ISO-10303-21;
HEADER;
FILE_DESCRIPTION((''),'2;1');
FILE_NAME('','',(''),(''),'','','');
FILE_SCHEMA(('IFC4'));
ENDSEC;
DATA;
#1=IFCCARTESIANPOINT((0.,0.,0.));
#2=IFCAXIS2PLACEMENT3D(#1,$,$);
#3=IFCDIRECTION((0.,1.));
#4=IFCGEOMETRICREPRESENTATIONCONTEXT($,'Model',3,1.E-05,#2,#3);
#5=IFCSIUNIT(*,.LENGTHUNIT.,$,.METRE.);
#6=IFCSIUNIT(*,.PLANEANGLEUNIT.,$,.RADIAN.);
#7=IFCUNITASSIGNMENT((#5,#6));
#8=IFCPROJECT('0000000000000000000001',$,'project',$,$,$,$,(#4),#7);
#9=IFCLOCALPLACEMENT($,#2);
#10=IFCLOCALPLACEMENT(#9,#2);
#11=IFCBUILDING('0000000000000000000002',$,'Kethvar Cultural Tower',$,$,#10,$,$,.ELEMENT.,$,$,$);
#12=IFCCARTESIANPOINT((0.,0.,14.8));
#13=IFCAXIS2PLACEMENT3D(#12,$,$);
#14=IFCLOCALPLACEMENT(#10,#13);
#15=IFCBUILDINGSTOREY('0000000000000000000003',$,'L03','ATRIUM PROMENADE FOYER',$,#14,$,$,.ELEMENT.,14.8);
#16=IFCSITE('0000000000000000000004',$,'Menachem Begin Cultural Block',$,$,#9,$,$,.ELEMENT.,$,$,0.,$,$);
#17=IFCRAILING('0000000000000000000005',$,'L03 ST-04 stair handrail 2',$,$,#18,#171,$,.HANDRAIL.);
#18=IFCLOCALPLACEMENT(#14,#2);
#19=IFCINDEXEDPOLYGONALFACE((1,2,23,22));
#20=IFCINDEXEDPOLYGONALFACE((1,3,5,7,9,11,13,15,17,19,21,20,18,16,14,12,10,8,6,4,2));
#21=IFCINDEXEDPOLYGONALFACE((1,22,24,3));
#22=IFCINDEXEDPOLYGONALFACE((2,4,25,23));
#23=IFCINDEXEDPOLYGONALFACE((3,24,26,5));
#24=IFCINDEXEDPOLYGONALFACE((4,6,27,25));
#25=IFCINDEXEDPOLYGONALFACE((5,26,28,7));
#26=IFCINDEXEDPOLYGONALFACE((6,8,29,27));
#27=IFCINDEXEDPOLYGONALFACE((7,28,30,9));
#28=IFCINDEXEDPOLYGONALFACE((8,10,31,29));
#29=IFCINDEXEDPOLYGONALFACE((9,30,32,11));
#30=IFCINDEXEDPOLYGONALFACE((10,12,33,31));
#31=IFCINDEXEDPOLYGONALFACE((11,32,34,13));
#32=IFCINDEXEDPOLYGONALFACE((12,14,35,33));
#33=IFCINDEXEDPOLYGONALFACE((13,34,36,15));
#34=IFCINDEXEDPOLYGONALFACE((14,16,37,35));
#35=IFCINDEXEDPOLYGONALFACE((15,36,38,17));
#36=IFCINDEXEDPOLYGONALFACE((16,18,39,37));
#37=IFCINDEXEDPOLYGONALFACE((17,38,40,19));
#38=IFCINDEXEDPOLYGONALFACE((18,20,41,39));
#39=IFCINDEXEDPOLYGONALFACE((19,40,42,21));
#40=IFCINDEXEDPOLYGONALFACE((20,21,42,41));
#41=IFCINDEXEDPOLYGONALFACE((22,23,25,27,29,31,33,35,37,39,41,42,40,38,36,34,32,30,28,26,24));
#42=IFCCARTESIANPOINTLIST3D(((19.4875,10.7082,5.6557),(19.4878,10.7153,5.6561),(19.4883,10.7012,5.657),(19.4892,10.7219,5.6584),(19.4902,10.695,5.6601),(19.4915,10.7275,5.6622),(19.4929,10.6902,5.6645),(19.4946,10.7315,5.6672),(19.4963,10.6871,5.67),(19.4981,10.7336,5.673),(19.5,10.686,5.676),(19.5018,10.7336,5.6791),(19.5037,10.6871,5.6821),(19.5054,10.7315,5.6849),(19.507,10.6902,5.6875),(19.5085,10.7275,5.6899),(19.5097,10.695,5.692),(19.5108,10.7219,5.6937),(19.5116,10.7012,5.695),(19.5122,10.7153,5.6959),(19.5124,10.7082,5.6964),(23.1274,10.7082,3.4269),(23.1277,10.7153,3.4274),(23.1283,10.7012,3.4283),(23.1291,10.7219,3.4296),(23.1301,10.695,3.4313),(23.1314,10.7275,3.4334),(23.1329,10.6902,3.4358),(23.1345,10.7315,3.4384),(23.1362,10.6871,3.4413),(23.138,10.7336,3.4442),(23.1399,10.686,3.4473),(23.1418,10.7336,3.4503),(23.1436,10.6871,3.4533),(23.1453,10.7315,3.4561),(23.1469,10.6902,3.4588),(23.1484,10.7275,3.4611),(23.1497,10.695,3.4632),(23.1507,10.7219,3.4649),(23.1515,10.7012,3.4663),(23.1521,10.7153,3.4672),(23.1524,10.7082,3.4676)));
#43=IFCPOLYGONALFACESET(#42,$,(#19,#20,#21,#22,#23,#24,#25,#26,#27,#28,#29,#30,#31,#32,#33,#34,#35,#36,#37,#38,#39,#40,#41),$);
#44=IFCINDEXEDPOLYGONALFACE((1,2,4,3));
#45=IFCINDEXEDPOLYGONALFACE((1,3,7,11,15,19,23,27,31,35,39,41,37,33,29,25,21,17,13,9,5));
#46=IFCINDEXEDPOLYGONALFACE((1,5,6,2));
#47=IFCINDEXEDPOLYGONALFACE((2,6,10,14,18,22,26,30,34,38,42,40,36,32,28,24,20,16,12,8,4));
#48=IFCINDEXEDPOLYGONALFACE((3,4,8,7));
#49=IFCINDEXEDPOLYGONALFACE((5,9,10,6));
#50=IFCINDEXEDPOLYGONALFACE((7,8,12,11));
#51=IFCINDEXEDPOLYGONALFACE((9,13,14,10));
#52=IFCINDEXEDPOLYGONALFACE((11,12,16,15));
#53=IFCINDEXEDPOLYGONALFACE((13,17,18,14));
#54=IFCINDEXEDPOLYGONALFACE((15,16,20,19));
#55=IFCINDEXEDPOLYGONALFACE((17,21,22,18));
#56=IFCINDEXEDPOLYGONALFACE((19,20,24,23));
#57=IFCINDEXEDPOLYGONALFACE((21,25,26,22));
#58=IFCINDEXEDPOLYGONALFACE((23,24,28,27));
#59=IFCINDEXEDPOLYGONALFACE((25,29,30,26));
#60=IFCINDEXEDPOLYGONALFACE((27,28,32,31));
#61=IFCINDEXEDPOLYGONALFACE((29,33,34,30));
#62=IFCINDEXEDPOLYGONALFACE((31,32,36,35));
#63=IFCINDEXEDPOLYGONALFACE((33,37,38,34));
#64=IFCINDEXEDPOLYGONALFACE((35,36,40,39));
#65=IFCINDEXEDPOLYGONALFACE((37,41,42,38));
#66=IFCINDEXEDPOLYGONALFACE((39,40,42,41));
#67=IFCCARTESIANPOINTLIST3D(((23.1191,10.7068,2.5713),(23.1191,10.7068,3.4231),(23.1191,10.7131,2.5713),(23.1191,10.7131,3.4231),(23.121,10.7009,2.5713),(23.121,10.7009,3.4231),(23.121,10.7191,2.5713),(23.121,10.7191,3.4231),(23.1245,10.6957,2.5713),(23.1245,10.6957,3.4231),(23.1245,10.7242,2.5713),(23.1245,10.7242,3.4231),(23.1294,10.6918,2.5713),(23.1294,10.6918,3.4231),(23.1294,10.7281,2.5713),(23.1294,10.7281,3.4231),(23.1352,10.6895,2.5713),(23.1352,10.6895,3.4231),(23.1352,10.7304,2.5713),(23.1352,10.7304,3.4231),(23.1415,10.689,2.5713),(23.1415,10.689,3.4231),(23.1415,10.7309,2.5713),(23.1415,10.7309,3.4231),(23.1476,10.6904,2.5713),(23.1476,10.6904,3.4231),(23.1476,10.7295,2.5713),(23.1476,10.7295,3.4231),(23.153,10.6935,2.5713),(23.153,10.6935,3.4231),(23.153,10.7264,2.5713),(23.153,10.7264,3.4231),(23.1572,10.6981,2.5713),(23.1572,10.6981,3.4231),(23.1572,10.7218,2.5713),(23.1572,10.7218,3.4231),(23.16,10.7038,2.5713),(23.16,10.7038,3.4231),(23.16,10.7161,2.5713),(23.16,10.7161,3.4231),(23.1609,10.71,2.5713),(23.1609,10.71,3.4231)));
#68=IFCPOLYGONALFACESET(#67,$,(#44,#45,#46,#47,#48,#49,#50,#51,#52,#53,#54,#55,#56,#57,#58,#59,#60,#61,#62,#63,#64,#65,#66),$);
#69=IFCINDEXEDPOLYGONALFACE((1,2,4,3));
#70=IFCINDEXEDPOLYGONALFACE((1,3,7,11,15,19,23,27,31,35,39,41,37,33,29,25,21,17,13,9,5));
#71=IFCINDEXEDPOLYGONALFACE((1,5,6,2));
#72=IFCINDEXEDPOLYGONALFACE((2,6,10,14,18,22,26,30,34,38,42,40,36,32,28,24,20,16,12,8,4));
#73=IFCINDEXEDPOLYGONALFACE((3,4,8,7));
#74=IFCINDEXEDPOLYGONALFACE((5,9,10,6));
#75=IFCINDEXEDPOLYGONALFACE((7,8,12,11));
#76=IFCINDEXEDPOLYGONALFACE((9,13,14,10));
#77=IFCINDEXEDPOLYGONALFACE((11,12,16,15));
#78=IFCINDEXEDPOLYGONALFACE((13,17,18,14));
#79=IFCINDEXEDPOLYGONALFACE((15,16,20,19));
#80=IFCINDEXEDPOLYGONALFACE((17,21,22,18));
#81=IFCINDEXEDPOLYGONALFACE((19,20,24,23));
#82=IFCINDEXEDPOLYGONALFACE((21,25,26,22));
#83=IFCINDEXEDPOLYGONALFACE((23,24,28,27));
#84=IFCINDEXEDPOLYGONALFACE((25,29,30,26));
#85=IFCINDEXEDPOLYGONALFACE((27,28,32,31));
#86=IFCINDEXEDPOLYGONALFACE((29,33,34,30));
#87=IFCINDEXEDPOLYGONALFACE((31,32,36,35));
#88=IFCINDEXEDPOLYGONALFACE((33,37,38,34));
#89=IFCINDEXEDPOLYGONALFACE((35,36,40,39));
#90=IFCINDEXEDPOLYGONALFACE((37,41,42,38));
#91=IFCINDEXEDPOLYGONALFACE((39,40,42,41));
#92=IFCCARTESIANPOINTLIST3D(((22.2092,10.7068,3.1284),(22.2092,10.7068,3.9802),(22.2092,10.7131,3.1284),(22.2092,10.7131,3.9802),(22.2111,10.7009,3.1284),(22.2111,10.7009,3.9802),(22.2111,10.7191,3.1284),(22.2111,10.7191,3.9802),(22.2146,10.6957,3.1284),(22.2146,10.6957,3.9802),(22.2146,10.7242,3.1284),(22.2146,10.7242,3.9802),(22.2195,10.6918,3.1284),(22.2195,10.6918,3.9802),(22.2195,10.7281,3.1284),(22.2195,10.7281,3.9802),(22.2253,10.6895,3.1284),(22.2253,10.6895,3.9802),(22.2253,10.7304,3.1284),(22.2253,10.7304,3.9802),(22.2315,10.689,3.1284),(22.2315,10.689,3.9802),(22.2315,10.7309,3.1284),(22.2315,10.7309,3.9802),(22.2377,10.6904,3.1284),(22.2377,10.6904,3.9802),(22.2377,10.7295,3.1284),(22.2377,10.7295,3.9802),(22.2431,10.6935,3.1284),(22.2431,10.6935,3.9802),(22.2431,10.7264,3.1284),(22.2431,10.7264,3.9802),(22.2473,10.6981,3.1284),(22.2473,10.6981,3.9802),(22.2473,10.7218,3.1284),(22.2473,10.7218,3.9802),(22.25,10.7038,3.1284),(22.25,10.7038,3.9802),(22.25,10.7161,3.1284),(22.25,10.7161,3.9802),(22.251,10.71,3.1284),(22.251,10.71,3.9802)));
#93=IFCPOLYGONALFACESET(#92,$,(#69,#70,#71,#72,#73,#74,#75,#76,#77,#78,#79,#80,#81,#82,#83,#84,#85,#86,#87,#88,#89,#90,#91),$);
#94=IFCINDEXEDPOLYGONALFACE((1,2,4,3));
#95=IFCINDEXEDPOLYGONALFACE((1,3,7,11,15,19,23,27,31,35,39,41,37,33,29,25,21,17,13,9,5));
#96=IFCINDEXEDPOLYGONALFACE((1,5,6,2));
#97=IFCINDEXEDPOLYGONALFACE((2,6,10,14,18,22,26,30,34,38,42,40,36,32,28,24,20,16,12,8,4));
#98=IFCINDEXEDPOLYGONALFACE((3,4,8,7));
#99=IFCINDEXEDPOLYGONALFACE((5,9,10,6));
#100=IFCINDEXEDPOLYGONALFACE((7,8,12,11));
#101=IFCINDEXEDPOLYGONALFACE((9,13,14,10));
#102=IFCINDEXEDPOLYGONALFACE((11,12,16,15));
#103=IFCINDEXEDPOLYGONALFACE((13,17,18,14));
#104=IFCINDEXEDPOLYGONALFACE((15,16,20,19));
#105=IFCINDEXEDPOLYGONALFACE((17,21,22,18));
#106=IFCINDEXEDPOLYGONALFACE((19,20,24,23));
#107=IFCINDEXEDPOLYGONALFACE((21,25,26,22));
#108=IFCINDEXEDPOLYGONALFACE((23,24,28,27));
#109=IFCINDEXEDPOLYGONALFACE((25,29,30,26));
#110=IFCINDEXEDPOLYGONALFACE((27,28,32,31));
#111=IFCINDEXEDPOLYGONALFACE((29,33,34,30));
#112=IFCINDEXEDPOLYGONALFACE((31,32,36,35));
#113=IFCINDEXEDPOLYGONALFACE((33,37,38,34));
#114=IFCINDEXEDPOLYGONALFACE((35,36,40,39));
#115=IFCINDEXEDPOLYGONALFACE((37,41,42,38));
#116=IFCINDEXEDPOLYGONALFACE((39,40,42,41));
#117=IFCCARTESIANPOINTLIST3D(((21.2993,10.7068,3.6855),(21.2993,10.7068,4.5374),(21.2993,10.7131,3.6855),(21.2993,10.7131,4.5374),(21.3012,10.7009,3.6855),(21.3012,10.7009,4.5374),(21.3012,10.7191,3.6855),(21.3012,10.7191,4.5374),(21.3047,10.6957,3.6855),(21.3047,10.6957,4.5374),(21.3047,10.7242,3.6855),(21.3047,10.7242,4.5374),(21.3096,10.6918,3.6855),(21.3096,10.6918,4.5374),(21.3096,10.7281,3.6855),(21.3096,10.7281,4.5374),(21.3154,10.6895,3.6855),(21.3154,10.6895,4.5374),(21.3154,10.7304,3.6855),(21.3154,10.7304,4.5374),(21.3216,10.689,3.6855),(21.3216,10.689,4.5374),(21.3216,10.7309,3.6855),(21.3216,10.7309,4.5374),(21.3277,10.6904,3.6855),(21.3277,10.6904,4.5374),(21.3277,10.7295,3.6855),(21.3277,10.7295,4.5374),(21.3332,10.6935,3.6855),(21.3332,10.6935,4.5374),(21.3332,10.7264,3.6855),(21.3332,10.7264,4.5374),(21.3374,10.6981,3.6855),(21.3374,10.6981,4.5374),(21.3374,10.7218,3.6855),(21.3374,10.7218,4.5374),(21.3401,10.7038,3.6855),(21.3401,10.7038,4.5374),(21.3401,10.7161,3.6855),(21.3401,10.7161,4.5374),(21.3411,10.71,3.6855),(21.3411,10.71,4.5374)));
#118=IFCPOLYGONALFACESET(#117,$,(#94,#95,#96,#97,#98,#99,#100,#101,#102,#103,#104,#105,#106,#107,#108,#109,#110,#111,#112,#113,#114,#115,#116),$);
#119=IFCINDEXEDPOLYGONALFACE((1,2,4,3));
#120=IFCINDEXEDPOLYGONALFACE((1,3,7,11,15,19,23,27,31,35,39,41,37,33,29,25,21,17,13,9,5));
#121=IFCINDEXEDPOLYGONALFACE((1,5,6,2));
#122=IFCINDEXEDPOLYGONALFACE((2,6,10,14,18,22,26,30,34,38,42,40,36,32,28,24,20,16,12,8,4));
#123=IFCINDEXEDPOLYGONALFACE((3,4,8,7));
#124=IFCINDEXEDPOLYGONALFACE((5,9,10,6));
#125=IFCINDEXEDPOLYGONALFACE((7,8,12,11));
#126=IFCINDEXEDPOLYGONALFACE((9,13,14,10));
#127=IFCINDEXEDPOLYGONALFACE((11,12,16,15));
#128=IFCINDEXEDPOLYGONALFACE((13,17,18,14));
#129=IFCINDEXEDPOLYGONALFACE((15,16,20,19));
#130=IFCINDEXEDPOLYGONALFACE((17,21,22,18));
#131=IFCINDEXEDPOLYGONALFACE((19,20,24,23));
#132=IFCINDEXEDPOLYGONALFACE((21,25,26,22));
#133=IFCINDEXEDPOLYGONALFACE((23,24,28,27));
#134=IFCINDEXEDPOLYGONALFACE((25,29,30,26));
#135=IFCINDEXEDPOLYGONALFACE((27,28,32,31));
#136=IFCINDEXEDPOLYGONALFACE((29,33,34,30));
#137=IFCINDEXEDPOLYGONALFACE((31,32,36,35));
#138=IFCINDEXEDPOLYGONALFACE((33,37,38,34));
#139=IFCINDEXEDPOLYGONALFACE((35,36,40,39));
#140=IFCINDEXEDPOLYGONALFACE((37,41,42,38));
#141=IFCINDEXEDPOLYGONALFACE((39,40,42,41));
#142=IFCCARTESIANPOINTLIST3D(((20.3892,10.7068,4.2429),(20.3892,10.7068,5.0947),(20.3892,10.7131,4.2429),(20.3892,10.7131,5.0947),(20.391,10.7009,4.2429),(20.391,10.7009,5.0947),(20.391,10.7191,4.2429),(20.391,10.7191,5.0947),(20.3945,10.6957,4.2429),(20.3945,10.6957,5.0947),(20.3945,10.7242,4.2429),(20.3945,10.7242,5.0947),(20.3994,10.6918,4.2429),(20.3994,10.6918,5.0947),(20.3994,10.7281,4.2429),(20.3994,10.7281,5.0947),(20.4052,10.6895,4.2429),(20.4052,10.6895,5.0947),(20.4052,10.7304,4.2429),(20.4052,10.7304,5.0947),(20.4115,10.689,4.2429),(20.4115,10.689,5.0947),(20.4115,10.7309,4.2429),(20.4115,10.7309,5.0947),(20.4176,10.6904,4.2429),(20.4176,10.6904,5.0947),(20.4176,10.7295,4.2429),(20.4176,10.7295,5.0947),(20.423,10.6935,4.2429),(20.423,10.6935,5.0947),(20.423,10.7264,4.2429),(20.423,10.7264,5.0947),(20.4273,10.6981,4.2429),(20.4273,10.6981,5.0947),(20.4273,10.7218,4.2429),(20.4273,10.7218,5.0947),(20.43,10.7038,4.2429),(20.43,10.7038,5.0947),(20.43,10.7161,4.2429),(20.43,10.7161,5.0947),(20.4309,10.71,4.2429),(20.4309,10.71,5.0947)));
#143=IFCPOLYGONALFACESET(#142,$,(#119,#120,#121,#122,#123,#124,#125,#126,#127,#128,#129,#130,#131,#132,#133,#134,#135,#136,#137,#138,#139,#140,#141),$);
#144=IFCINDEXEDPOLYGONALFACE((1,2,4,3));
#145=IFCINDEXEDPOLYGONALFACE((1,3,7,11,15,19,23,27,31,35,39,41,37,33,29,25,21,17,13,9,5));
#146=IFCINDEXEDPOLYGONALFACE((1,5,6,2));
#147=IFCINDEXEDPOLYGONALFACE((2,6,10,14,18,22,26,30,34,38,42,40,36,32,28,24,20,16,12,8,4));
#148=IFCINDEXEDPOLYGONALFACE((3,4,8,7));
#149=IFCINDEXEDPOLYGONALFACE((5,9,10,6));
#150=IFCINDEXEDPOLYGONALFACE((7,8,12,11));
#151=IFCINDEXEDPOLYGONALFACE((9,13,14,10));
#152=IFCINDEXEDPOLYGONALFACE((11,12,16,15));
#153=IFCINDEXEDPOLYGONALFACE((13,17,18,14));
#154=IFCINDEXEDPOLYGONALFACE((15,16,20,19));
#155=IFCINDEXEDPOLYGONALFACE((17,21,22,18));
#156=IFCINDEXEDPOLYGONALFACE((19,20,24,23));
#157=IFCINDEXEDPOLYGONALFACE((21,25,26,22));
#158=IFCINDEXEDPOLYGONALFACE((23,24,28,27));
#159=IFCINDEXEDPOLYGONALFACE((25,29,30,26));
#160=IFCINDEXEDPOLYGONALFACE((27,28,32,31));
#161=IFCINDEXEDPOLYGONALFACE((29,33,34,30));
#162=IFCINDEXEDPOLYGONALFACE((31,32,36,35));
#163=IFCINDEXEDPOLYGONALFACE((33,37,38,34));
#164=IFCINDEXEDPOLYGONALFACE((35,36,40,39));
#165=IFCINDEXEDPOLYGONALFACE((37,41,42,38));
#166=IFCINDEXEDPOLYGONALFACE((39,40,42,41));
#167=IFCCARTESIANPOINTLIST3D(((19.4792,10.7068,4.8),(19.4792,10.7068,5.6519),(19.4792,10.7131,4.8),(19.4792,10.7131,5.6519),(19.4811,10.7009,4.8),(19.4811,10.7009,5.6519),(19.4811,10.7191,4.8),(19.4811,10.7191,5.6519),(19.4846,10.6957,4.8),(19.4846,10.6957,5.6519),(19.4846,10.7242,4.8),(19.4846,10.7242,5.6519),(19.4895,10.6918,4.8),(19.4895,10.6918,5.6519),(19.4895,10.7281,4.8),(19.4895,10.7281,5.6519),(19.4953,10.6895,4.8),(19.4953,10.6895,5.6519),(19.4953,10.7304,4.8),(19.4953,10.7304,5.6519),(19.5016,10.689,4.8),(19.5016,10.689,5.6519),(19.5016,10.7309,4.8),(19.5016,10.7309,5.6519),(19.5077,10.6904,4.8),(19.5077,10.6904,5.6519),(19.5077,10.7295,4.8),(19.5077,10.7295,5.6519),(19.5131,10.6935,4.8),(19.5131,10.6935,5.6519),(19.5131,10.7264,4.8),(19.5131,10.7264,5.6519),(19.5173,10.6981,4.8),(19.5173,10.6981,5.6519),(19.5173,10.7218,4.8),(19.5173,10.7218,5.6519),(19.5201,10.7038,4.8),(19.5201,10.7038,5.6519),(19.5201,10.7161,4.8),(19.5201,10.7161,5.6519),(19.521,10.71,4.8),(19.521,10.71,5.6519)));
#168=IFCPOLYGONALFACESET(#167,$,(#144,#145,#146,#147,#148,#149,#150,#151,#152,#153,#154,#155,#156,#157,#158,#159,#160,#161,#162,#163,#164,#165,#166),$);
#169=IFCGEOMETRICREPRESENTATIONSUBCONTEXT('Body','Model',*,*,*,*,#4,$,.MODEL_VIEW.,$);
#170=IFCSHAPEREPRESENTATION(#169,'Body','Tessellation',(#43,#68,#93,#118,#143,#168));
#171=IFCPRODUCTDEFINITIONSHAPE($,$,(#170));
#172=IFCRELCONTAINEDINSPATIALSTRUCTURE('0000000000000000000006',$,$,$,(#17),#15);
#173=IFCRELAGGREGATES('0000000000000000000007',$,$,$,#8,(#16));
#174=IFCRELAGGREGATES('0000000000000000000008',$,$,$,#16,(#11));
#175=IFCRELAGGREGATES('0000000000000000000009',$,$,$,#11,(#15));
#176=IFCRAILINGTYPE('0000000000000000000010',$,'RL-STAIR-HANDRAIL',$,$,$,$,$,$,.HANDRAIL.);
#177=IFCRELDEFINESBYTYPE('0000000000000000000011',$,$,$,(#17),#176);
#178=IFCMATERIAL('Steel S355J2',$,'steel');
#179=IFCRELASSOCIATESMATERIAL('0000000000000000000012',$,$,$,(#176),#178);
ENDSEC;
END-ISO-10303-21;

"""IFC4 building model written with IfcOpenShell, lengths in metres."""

from ifc_helpers import new_model, si_unit, direction, frame, origin, origin_2d, place, context, subcontext, project, spatial, circle, extrude, material, type_object, element, save


model = new_model("IFC4")

# Units and contexts
model_context = context("Model", 3, precision=1e-05, world=origin(), true_north=direction((0.0, 1.0)))
body_context = subcontext(model_context, "Body", "Model", "MODEL_VIEW")
ifc_project = project(units=[si_unit("LENGTHUNIT", "METRE"), si_unit("PLANEANGLEUNIT", "RADIAN")], contexts=[model_context])

# Site, building, storey
site_placement = place(None, origin())
site = spatial("IfcSite", under=ifc_project, at=site_placement, Name="Menachem Begin Cultural Block", CompositionType="ELEMENT", RefElevation=0.0)
building_placement = place(site_placement, origin())
building = spatial("IfcBuilding", under=site, at=building_placement, Name="Kethvar Cultural Tower", CompositionType="ELEMENT")
storey_placement = place(building_placement, frame((0.0, 0.0, 14.8)))
storey = spatial("IfcBuildingStorey", under=building, at=storey_placement, Name="L03", Description="ATRIUM PROMENADE FOYER", CompositionType="ELEMENT", Elevation=14.8)

# Shared definitions
ifc_material_1 = material(Name="Steel S355J2", Category="steel")

# Railing
railing_type_1 = type_object("IfcRailingType", Name="RL-STAIR-HANDRAIL", PredefinedType="HANDRAIL", material=ifc_material_1)
railing_1_placement = place(storey_placement, frame((23.1399, 10.71, 2.5713)))
element("IfcRailing", 1, at=railing_1_placement, inside=storey, type_object=railing_type_1, Name="L03 ST-04 stair handrail 2", PredefinedType="HANDRAIL", context=body_context, shape_type="SweptSolid", body=[
    extrude(circle(Radius=0.0239, at=origin_2d()), frame((0.0, 0.0, 0.876), z_axis=(-0.852825, 0.0, 0.522197), x_axis=(0.0, -1.0, 0.0)), (0.0, 0.0, 1.0), 4.2681),
    extrude(circle(Radius=0.021, at=origin_2d()), origin(), (0.0, 0.0, 1.0), 0.8518),
    extrude(circle(Radius=0.021, at=origin_2d()), frame((-0.9099, 0.0, 0.5571)), (0.0, 0.0, 1.0), 0.8518),
    extrude(circle(Radius=0.021, at=origin_2d()), frame((-1.8198, 0.0, 1.1143)), (0.0, 0.0, 1.0), 0.8518),
    extrude(circle(Radius=0.021, at=origin_2d()), frame((-2.73, 0.0, 1.6716)), (0.0, 0.0, 1.0), 0.8518),
    extrude(circle(Radius=0.021, at=origin_2d()), frame((-3.6399, 0.0, 2.2288)), (0.0, 0.0, 1.0), 0.8518),
])

save(model, "model.ifc")
